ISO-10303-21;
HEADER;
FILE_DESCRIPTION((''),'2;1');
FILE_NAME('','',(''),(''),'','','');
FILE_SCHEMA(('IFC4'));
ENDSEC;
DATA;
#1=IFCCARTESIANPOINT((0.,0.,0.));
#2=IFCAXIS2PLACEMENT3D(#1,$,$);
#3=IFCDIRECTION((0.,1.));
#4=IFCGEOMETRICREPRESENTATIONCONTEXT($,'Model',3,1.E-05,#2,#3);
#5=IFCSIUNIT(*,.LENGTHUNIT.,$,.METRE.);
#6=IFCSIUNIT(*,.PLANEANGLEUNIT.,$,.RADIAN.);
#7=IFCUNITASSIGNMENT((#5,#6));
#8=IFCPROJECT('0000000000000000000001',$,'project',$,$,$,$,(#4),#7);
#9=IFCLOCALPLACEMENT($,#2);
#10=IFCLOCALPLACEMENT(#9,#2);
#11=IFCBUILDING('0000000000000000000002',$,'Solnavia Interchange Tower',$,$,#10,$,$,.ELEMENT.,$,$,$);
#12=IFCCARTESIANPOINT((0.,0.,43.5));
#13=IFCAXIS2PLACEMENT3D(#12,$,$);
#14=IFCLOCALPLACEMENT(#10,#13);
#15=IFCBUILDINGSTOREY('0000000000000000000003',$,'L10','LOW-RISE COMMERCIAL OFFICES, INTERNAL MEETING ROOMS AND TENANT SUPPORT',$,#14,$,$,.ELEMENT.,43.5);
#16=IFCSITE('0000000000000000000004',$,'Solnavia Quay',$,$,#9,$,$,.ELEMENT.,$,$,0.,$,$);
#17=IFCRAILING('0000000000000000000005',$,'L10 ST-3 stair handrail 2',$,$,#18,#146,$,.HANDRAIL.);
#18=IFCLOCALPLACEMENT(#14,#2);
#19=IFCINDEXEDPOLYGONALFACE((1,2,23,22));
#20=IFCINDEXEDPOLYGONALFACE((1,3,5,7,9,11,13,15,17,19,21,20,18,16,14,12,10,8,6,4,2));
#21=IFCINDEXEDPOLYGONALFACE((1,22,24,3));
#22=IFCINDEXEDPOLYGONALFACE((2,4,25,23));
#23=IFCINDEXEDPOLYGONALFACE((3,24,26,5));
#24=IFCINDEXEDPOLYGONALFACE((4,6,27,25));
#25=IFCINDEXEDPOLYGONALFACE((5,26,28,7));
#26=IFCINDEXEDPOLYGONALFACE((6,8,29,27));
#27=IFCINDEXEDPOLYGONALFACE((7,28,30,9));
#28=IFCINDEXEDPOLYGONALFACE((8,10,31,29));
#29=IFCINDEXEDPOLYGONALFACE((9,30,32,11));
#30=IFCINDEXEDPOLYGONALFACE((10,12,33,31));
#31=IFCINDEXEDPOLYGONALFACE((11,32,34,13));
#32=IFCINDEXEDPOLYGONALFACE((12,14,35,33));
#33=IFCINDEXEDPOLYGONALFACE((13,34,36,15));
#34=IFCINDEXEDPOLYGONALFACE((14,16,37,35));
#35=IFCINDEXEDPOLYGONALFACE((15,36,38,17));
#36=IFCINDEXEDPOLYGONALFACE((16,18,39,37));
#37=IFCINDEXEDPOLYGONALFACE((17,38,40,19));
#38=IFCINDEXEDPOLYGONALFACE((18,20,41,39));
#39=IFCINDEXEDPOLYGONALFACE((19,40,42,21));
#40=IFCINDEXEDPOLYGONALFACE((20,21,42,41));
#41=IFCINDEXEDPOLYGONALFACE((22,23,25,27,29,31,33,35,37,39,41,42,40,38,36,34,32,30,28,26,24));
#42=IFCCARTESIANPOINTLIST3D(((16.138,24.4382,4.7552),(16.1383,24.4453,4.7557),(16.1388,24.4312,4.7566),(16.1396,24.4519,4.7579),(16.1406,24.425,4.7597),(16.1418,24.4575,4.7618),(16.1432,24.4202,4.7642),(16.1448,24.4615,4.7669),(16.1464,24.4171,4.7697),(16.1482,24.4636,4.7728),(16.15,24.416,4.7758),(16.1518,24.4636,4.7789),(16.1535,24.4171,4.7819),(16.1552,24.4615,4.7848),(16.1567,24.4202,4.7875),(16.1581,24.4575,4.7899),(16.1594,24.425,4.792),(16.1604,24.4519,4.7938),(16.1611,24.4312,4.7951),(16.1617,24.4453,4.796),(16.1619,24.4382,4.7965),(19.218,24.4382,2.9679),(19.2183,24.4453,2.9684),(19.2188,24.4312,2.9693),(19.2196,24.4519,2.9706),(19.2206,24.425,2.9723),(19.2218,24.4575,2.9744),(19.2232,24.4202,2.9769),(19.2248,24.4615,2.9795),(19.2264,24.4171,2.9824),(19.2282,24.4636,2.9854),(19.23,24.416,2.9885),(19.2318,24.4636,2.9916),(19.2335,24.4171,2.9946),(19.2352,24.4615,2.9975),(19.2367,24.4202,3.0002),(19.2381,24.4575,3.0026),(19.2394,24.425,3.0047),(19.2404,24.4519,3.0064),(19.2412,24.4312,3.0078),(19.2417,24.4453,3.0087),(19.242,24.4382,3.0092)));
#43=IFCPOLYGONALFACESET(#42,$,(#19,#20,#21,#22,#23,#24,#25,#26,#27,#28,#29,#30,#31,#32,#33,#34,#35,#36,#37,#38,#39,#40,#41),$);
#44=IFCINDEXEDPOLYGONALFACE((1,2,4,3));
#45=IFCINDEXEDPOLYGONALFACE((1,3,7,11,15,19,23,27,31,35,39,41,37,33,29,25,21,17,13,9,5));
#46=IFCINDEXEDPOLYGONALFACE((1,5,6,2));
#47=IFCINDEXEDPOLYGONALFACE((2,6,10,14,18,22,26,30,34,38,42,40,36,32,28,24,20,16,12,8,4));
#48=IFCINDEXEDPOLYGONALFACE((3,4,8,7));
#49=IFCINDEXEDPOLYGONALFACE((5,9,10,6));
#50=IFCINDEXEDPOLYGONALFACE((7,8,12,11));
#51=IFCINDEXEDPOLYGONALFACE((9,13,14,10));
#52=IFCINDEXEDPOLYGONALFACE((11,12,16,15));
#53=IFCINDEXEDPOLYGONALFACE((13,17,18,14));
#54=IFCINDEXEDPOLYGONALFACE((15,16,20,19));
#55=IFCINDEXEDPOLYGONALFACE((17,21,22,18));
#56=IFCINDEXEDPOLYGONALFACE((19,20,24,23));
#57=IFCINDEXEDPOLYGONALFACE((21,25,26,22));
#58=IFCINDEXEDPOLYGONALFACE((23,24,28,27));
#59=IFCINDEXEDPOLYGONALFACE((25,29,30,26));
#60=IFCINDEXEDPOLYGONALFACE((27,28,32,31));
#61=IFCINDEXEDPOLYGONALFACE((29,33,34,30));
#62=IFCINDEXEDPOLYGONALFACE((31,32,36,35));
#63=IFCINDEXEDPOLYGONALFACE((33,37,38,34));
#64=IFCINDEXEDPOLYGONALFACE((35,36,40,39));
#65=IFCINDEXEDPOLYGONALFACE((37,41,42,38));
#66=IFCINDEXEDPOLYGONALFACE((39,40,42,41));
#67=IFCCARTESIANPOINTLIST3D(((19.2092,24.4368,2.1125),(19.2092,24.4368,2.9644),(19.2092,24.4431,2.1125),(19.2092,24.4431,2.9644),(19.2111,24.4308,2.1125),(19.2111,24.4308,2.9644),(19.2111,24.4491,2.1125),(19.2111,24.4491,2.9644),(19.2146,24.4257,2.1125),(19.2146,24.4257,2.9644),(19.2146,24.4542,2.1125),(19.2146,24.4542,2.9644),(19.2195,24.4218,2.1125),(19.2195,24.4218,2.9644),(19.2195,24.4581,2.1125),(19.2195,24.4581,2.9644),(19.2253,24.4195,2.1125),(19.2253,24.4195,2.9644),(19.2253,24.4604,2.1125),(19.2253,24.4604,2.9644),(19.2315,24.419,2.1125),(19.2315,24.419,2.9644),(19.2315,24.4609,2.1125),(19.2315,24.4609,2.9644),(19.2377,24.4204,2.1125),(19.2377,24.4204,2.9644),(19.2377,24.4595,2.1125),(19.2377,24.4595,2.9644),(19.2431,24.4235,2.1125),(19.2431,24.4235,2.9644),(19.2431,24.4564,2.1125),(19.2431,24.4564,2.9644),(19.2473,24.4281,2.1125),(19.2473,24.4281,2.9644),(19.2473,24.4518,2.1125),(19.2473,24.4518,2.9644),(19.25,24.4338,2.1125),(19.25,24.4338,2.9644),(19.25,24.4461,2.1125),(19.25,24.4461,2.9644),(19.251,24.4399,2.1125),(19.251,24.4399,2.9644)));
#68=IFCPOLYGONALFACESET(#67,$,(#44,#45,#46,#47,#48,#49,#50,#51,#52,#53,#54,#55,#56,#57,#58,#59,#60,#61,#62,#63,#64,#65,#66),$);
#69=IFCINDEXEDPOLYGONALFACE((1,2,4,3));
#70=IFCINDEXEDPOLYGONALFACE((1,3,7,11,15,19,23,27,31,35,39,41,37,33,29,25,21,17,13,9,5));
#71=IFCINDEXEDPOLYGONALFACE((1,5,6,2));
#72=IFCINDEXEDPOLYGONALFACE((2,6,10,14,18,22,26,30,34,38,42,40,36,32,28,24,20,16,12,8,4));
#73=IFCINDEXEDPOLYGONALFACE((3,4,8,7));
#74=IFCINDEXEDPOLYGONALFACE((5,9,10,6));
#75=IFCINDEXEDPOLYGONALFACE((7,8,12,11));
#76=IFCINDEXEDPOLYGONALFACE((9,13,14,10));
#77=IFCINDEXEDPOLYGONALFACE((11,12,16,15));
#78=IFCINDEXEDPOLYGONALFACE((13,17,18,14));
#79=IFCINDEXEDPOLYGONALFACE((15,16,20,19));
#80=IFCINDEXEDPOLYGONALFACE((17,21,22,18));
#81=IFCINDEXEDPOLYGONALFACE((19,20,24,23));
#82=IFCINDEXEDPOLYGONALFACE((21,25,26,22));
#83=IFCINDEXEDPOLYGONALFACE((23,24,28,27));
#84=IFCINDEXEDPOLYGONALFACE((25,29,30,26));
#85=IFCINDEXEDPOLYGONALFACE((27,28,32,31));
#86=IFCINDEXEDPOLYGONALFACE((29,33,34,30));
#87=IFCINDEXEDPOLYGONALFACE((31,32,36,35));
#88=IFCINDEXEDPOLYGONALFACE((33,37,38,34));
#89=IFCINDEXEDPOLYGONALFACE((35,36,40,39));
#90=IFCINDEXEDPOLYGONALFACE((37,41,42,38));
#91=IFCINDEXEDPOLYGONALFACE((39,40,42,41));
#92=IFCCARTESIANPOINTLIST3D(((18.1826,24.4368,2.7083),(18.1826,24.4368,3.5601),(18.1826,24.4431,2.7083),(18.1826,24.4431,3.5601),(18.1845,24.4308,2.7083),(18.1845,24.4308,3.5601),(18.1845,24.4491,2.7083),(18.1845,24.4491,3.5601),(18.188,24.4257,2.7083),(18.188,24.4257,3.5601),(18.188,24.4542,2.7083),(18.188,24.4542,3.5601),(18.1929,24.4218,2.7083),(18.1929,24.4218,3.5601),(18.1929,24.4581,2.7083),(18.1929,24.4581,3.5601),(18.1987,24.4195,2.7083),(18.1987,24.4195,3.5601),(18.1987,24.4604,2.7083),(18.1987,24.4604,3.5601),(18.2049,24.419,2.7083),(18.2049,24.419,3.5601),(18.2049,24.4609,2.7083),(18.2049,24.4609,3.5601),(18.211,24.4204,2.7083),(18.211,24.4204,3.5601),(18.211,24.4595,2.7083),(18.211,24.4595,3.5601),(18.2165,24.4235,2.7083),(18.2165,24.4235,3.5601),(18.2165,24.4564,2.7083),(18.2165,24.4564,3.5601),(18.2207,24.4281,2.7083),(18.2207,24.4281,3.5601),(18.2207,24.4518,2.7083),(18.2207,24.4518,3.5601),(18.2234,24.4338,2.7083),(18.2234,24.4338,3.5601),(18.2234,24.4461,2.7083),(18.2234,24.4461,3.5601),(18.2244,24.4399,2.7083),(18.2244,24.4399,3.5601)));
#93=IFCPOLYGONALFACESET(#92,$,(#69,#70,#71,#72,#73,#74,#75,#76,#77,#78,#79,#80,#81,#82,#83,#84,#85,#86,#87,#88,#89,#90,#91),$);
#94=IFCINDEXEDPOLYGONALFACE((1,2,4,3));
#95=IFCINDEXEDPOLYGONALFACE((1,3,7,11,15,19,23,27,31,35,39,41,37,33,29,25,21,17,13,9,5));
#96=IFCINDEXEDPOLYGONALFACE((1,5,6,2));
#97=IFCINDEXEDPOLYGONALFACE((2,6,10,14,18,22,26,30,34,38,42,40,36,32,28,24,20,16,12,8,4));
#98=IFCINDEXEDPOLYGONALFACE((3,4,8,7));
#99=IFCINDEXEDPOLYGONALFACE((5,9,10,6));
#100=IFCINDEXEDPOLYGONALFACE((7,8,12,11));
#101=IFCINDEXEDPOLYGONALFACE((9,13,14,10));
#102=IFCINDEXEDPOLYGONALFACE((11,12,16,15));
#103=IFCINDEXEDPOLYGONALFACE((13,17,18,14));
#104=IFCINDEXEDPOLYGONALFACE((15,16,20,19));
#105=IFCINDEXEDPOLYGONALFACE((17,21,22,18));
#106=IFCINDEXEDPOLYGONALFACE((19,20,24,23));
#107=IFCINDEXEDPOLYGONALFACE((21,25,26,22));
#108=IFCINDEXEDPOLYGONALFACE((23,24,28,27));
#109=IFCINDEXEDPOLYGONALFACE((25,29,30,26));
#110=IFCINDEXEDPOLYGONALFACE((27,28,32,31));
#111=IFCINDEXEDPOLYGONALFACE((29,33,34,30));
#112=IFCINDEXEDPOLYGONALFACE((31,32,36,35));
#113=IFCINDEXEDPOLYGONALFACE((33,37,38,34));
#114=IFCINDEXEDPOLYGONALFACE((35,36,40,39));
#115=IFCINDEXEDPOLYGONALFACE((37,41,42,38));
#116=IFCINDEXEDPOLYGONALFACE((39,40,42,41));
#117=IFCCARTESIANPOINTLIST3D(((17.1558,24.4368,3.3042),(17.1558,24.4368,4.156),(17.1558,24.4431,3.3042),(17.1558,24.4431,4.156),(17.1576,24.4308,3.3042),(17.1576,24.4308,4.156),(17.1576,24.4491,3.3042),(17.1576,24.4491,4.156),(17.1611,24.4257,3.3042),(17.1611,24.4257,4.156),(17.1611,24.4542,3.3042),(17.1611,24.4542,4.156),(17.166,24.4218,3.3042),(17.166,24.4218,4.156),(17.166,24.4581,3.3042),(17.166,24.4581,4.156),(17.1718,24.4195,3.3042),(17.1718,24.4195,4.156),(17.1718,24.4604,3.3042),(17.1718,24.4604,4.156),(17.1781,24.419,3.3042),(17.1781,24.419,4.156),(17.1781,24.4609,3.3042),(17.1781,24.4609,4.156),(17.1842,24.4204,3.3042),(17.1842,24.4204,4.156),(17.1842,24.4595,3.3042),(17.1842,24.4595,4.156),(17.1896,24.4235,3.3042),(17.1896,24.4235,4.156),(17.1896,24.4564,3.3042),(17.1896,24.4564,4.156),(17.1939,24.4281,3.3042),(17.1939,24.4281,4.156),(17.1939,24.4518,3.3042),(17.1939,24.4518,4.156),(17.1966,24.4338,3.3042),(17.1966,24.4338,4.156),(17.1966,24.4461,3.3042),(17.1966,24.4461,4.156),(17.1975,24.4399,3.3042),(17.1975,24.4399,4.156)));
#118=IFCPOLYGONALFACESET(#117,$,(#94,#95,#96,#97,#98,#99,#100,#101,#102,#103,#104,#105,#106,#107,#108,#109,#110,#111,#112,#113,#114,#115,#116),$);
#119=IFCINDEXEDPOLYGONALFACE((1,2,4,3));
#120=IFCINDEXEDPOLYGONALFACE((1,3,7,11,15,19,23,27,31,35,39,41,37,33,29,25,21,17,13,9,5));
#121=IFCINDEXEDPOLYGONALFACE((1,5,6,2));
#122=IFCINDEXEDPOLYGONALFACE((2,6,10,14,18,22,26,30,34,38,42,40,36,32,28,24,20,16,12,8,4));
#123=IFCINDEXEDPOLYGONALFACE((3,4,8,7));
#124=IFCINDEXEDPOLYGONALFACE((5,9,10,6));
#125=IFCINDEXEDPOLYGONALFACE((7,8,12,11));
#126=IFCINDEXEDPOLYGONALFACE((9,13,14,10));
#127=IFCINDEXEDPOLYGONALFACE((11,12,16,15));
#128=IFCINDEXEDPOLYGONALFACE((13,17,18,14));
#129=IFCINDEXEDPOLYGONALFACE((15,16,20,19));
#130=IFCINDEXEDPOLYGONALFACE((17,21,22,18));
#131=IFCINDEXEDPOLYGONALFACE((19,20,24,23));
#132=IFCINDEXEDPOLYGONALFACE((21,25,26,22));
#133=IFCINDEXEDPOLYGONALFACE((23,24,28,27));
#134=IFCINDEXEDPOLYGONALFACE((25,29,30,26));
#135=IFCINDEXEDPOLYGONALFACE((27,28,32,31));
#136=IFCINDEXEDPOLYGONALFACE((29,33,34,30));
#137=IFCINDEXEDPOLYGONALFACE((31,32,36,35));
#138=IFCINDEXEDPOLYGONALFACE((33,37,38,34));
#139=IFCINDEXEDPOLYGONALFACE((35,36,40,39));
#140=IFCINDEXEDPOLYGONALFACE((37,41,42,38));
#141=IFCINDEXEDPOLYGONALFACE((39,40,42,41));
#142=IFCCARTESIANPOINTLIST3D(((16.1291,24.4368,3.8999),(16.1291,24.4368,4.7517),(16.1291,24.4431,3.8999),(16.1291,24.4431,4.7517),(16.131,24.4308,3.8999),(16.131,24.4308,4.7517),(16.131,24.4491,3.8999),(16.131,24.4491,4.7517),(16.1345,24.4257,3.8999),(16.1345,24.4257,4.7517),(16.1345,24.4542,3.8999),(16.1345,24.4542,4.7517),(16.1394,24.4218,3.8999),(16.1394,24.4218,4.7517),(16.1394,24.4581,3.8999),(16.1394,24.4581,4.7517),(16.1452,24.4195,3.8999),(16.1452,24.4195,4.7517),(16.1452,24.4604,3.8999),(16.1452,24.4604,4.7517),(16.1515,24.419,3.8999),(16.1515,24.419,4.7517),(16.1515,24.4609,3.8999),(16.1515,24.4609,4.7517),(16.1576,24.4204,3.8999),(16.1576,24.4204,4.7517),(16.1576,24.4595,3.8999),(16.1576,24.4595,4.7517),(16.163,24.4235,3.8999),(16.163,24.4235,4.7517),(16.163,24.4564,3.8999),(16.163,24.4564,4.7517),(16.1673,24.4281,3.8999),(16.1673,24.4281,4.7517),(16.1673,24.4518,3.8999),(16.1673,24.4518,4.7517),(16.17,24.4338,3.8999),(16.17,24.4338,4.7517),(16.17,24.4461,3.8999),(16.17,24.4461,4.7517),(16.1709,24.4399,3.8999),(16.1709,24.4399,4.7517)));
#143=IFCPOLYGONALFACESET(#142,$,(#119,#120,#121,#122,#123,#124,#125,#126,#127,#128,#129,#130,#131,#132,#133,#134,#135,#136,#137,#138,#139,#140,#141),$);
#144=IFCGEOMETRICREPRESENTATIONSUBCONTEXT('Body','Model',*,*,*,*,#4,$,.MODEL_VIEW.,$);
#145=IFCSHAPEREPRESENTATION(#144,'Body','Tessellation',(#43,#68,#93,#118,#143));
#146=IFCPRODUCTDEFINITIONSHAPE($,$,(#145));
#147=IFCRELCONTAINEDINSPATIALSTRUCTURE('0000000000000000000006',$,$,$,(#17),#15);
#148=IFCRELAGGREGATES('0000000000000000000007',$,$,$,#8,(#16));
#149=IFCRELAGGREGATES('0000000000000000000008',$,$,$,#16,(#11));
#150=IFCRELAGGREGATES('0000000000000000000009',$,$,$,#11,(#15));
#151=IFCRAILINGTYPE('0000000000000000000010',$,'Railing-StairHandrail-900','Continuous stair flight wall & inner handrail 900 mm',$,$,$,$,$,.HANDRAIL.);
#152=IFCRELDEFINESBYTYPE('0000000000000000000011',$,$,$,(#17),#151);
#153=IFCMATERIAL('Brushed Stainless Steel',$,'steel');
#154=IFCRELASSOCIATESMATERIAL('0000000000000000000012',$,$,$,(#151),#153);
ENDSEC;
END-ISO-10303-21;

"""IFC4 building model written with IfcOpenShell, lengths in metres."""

from ifc_helpers import new_model, si_unit, direction, frame, origin, origin_2d, place, context, subcontext, project, spatial, circle, extrude, material, type_object, element, save


model = new_model("IFC4")

# Units and contexts
model_context = context("Model", 3, precision=1e-05, world=origin(), true_north=direction((0.0, 1.0)))
body_context = subcontext(model_context, "Body", "Model", "MODEL_VIEW")
ifc_project = project(units=[si_unit("LENGTHUNIT", "METRE"), si_unit("PLANEANGLEUNIT", "RADIAN")], contexts=[model_context])

# Site, building, storey
site_placement = place(None, origin())
site = spatial("IfcSite", under=ifc_project, at=site_placement, Name="Solnavia Quay", CompositionType="ELEMENT", RefElevation=0.0)
building_placement = place(site_placement, origin())
building = spatial("IfcBuilding", under=site, at=building_placement, Name="Solnavia Interchange Tower", CompositionType="ELEMENT")
storey_placement = place(building_placement, frame((0.0, 0.0, 43.5)))
storey = spatial("IfcBuildingStorey", under=building, at=storey_placement, Name="L10", Description="LOW-RISE COMMERCIAL OFFICES, INTERNAL MEETING ROOMS AND TENANT SUPPORT", CompositionType="ELEMENT", Elevation=43.5)

# Railing
ifc_material_1 = material(Name="Brushed Stainless Steel", Category="steel")
railing_type_1 = type_object("IfcRailingType", Name="Railing-StairHandrail-900", Description="Continuous stair flight wall & inner handrail 900 mm", PredefinedType="HANDRAIL", material=ifc_material_1)
railing_1_placement = place(storey_placement, frame((19.23, 24.4399, 2.1125)))
element("IfcRailing", 1, at=railing_1_placement, inside=storey, type_object=railing_type_1, Name="L10 ST-3 stair handrail 2", PredefinedType="HANDRAIL", context=body_context, shape_type="SweptSolid", body=[
    extrude(circle(Radius=0.0239, at=origin_2d()), frame((0.0, 0.0, 0.876), z_axis=(-0.86492, 0.0, 0.501909), x_axis=(0.0, -1.0, 0.0)), (0.0, 0.0, 1.0), 3.561),
    extrude(circle(Radius=0.021, at=origin_2d()), origin(), (0.0, 0.0, 1.0), 0.8518),
    extrude(circle(Radius=0.021, at=origin_2d()), frame((-1.0266, 0.0, 0.5957)), (0.0, 0.0, 1.0), 0.8518),
    extrude(circle(Radius=0.021, at=origin_2d()), frame((-2.0535, 0.0, 1.1917)), (0.0, 0.0, 1.0), 0.8518),
    extrude(circle(Radius=0.021, at=origin_2d()), frame((-3.0801, 0.0, 1.7874)), (0.0, 0.0, 1.0), 0.8518),
])

save(model, "model.ifc")
